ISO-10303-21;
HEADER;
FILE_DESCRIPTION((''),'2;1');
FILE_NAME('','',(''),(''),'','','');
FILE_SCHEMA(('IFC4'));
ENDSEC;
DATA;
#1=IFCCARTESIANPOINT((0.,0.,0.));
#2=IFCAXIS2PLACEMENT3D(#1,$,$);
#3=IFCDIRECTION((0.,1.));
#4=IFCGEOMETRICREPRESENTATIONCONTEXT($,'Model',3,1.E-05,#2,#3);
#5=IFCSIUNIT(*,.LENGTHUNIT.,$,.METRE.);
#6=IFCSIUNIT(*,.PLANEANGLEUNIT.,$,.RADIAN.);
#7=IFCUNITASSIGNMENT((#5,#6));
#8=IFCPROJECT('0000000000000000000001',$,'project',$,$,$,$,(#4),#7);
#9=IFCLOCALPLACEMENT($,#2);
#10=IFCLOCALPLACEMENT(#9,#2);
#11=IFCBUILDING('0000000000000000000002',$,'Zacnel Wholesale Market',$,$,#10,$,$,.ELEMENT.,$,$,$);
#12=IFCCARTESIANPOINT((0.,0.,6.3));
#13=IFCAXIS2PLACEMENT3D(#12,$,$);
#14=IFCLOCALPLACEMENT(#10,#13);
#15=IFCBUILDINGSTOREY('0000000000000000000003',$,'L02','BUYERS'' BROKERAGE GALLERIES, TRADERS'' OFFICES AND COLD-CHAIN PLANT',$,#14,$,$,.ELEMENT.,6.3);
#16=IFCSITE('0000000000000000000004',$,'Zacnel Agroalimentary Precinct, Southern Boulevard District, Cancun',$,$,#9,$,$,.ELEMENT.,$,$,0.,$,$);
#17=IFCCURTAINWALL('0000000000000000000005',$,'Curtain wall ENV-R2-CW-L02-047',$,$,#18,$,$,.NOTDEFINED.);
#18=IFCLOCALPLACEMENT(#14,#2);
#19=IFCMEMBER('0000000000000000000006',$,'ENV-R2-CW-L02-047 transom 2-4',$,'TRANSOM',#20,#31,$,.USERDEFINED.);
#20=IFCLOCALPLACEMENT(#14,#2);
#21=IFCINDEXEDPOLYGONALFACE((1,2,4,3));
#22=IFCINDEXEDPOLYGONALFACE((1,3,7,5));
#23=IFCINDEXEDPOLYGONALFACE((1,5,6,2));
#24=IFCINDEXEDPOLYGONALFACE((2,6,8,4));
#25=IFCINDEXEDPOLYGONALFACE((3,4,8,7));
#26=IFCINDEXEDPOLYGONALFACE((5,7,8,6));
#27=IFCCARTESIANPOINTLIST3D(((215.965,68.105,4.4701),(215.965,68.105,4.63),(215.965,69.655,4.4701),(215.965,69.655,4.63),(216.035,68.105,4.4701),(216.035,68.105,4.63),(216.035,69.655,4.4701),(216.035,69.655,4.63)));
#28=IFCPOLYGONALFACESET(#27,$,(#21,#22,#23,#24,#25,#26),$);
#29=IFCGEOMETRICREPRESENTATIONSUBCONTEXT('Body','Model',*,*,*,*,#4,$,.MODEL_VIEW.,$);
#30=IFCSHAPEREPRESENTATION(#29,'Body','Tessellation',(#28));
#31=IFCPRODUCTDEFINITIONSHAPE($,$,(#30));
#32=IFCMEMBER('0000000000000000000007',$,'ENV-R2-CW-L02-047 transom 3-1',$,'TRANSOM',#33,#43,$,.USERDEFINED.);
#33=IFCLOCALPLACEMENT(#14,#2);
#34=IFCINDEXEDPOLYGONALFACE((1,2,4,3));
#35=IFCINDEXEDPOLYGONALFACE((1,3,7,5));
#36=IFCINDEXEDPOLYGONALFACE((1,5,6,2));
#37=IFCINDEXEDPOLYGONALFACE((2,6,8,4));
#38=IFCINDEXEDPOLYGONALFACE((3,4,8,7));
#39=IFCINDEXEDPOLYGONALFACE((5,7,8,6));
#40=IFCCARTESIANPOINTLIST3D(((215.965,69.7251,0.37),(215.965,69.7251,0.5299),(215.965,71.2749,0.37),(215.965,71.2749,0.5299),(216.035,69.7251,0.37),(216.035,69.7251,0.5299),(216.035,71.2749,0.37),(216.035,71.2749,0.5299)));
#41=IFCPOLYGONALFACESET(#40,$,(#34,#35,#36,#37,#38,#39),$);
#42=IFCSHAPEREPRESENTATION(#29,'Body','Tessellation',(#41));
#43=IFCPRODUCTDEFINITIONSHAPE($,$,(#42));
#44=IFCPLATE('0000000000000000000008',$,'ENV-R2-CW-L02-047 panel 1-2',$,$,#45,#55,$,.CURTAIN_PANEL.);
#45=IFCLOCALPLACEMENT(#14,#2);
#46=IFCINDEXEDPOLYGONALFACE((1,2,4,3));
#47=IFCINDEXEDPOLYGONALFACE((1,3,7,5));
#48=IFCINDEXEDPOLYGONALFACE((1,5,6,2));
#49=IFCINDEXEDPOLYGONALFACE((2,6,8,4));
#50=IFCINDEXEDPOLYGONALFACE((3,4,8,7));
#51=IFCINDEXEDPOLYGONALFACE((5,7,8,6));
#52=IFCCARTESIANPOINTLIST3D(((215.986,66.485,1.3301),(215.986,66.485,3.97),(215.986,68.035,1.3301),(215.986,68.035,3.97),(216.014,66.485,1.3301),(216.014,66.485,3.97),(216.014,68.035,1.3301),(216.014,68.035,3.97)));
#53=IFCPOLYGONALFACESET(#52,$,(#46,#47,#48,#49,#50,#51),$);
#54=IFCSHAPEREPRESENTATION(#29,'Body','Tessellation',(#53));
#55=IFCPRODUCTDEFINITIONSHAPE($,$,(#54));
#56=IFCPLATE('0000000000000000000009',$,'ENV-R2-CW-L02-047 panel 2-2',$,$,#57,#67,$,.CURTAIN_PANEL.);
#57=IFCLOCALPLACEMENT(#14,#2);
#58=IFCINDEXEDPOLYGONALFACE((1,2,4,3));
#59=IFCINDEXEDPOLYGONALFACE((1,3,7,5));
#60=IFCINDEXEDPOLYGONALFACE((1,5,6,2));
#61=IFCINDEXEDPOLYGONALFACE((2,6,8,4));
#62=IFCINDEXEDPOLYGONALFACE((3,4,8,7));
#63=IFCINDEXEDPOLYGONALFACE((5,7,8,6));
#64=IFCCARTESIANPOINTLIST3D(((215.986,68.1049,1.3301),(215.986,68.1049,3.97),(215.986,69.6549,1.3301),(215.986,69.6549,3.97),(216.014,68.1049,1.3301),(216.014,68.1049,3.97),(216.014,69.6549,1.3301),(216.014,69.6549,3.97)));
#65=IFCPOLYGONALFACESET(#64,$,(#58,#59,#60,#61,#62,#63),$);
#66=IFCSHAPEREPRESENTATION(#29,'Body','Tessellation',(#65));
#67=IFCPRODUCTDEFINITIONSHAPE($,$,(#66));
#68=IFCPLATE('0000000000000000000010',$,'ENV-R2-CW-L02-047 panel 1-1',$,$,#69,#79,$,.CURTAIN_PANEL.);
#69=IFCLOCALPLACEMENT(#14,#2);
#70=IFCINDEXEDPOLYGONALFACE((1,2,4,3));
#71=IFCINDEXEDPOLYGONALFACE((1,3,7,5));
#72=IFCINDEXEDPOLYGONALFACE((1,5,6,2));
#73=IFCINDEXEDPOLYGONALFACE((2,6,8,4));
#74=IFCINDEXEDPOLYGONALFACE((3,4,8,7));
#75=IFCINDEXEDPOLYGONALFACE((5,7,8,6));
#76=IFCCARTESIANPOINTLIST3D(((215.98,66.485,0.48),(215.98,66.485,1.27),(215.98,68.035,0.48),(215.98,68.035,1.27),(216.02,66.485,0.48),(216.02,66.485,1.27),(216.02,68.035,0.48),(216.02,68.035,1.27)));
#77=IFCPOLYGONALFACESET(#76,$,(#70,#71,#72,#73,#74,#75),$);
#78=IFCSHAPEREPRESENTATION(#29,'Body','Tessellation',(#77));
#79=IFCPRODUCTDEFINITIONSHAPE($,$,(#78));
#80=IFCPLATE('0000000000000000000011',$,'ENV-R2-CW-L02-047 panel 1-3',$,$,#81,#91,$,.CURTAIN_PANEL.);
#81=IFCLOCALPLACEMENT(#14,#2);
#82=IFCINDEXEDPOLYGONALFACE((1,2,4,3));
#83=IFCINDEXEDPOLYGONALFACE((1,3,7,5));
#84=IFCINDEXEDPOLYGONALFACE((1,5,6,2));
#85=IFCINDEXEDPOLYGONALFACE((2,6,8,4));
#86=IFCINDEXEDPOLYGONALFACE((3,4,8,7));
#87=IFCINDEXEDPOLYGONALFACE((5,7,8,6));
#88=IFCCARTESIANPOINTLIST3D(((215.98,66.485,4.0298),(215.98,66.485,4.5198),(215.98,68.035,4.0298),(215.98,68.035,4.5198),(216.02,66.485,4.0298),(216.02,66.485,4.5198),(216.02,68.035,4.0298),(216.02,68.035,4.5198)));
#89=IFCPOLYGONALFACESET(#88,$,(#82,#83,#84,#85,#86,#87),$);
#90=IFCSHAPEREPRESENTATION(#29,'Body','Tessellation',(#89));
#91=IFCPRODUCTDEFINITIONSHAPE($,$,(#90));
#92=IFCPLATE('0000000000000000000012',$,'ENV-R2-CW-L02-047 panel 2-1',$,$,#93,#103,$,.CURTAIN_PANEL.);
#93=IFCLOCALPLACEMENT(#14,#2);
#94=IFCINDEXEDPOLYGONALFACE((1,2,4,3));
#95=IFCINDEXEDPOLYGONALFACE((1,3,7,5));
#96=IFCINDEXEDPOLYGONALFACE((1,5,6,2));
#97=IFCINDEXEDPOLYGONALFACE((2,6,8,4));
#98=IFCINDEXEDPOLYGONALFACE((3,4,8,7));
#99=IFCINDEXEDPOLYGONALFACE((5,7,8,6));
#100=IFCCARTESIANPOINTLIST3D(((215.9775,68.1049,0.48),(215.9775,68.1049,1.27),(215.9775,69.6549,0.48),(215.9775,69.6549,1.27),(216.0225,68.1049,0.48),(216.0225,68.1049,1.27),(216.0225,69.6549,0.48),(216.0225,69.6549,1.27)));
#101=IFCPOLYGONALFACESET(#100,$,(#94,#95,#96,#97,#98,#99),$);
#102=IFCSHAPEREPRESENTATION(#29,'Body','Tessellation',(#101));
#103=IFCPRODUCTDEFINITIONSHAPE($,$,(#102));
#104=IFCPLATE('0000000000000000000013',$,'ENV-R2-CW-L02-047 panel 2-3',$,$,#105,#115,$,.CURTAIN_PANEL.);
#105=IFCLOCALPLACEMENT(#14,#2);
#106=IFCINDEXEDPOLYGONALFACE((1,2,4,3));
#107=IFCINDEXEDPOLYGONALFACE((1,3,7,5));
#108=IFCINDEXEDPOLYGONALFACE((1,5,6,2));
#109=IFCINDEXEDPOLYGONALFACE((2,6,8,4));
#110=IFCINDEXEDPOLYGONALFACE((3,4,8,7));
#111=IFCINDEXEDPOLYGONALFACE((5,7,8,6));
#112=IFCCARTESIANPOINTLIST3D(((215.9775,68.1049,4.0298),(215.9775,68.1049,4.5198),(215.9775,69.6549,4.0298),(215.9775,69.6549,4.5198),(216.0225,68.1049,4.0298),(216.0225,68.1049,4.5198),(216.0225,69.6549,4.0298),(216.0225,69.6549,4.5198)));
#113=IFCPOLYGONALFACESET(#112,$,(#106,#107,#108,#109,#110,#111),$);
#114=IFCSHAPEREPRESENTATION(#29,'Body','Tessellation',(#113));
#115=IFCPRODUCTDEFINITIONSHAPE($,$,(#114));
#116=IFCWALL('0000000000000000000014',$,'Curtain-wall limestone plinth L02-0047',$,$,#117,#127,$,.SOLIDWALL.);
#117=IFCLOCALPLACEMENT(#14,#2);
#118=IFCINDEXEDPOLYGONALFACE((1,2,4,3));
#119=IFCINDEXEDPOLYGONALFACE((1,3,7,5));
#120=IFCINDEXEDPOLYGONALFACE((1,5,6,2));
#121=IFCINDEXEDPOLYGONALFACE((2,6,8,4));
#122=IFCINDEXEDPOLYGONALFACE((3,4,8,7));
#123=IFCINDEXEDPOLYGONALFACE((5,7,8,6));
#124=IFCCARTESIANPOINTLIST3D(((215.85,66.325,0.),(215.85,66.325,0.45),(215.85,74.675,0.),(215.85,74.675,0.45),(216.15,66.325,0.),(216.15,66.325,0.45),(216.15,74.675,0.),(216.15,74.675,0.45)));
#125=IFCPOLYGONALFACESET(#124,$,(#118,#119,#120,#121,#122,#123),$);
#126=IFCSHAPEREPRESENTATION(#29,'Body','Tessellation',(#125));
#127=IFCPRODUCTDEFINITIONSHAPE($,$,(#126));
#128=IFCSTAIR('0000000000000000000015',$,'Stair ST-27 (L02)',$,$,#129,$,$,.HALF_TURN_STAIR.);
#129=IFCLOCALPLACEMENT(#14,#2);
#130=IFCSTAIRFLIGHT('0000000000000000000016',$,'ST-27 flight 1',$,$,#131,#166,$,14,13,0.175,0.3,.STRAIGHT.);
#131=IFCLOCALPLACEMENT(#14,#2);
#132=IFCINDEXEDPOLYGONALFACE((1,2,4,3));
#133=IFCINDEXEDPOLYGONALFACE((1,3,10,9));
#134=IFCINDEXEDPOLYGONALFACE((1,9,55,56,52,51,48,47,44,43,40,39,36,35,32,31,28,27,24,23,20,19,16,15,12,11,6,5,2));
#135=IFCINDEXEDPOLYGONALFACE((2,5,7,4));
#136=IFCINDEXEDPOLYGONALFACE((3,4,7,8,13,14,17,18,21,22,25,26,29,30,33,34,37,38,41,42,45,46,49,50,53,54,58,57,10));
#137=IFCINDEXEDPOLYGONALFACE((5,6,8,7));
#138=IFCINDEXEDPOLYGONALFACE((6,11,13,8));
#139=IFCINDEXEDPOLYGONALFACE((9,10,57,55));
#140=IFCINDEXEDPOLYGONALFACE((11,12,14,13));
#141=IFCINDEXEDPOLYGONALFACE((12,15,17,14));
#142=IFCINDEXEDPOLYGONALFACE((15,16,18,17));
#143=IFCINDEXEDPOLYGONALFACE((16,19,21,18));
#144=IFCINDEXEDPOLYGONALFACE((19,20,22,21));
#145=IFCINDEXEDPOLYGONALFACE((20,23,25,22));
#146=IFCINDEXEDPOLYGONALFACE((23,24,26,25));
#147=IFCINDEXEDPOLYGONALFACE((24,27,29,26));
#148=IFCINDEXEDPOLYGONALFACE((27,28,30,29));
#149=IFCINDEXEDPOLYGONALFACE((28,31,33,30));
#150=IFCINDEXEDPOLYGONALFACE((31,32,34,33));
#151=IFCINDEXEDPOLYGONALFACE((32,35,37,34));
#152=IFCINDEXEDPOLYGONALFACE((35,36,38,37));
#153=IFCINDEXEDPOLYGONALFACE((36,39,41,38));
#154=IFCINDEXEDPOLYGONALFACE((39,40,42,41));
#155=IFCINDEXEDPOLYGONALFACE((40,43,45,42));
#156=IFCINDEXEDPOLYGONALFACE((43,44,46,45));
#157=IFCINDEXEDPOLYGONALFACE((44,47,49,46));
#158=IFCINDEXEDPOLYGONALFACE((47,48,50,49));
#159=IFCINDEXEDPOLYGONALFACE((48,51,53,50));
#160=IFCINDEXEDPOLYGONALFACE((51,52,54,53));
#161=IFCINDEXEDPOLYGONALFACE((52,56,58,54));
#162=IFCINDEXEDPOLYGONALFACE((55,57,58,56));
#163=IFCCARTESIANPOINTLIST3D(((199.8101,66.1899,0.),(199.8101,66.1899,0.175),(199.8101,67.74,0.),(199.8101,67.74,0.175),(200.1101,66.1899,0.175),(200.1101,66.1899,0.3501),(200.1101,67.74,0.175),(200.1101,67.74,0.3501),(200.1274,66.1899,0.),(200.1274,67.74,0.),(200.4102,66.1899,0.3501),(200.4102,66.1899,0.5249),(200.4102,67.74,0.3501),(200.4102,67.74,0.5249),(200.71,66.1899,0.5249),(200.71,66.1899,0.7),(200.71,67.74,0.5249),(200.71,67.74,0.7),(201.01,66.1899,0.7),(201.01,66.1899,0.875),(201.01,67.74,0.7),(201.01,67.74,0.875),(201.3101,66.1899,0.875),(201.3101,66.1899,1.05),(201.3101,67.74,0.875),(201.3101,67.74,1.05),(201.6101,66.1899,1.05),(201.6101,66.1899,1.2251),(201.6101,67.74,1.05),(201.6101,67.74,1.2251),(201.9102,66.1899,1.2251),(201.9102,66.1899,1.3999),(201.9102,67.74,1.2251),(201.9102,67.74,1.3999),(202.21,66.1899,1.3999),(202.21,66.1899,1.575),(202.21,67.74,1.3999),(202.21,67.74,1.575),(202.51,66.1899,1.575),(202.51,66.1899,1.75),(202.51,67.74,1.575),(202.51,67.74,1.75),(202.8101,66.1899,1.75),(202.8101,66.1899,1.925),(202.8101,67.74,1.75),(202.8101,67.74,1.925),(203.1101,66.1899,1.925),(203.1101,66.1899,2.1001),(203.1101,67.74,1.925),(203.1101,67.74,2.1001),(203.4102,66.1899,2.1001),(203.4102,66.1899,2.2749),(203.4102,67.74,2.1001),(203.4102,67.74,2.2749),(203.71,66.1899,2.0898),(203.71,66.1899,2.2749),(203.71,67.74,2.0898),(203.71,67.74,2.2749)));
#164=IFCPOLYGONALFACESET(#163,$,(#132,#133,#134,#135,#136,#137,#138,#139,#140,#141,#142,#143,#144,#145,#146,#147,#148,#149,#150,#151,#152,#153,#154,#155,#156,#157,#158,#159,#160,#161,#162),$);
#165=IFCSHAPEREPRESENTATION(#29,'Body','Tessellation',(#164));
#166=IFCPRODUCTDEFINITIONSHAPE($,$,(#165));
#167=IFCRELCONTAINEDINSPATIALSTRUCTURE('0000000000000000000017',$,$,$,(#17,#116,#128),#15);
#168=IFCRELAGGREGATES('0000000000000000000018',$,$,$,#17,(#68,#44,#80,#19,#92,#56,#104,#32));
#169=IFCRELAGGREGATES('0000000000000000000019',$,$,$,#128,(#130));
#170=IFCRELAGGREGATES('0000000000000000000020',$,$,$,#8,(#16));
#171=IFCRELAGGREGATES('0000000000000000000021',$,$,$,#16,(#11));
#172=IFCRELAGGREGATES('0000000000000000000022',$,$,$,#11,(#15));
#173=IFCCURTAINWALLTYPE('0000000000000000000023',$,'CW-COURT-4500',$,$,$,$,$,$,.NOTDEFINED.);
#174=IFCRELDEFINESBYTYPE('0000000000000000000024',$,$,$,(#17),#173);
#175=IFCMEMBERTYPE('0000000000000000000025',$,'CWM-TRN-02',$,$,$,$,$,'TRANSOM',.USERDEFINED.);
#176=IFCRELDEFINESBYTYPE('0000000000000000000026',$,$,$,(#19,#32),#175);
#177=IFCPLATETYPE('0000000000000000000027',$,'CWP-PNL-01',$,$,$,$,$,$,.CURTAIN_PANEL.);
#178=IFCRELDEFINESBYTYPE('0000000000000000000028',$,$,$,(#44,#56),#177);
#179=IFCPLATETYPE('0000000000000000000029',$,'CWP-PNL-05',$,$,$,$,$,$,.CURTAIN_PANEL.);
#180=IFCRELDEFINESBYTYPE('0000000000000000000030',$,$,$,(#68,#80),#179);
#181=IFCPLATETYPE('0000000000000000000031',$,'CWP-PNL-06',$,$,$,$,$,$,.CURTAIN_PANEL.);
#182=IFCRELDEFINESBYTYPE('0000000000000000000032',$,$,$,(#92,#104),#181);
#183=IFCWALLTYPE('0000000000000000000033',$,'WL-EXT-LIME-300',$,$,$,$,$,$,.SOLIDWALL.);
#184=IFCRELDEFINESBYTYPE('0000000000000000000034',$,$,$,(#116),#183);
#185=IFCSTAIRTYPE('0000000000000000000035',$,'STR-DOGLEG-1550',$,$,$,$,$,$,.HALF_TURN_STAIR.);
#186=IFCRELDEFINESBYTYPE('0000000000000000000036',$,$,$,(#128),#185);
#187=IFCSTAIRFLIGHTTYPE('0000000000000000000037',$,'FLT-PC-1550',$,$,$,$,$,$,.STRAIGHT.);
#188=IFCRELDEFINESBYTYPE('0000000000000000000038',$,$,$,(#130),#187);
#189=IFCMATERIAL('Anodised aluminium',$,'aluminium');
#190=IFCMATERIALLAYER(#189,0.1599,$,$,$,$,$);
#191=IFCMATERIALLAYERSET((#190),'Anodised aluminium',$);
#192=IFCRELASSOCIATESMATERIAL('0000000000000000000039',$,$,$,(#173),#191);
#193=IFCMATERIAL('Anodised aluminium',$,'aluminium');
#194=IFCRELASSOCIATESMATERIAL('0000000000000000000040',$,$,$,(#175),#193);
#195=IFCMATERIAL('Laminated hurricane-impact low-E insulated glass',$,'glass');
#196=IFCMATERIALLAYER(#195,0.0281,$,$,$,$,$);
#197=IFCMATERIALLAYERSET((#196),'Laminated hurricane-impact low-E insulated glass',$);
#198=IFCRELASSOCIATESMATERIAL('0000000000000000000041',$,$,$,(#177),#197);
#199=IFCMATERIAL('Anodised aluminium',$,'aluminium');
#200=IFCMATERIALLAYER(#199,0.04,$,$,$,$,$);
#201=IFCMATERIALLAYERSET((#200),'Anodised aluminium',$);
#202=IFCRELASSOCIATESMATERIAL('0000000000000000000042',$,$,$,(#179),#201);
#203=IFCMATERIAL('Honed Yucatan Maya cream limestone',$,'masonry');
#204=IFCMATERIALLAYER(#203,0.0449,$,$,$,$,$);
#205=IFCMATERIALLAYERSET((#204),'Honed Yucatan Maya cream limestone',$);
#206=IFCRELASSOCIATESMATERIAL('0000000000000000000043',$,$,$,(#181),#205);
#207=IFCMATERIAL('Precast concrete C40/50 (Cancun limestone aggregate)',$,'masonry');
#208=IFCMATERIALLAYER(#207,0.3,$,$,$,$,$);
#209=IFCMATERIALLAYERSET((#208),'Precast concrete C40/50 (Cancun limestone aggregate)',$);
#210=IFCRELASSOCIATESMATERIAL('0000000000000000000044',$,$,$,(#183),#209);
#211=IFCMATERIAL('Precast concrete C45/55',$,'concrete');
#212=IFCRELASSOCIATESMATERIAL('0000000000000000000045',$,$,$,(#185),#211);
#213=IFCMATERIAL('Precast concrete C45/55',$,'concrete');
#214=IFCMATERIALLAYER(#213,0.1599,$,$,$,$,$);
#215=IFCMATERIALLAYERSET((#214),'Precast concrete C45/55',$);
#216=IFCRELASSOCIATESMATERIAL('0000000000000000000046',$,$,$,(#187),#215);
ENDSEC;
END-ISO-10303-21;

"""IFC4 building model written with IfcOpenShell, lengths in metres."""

from ifc_helpers import new_model, si_unit, direction, frame, frame_2d, origin, origin_2d, place, context, subcontext, project, spatial, polyline, rectangle, outline, extrude, material, layer, layer_set, material_profile, profile_set, type_object, element, aggregate, save


model = new_model("IFC4")

# Units and contexts
model_context = context("Model", 3, precision=1e-05, world=origin(), true_north=direction((0.0, 1.0)))
body_context = subcontext(model_context, "Body", "Model", "MODEL_VIEW")
ifc_project = project(units=[si_unit("LENGTHUNIT", "METRE"), si_unit("PLANEANGLEUNIT", "RADIAN")], contexts=[model_context])

# Site, building, storey
site_placement = place(None, origin())
site = spatial("IfcSite", under=ifc_project, at=site_placement, Name="Zacnel Agroalimentary Precinct, Southern Boulevard District, Cancun", CompositionType="ELEMENT", RefElevation=0.0)
building_placement = place(site_placement, origin())
building = spatial("IfcBuilding", under=site, at=building_placement, Name="Zacnel Wholesale Market", CompositionType="ELEMENT")
storey_placement = place(building_placement, frame((0.0, 0.0, 6.3)))
storey = spatial("IfcBuildingStorey", under=building, at=storey_placement, Name="L02", Description="BUYERS' BROKERAGE GALLERIES, TRADERS' OFFICES AND COLD-CHAIN PLANT", CompositionType="ELEMENT", Elevation=6.3)

# Curtain wall, members, plates
ifc_material_1 = material(Name="Anodised aluminium", Category="aluminium")
ifc_layer_1 = layer(ifc_material_1, 0.1599)
ifc_layer_set_1 = layer_set([ifc_layer_1], Name="Anodised aluminium")
curtain_wall_type = type_object("IfcCurtainWallType", Name="CW-COURT-4500", PredefinedType="NOTDEFINED", material=ifc_layer_set_1)
curtain_wall_placement = place(storey_placement, origin())
curtain_wall = element("IfcCurtainWall", 1, at=curtain_wall_placement, inside=storey, type_object=curtain_wall_type, Name="Curtain wall ENV-R2-CW-L02-047", PredefinedType="NOTDEFINED")
ifc_material_2 = material(Name="Anodised aluminium", Category="aluminium")
ifc_material_profile_1 = material_profile(ifc_material_2, rectangle(XDim=0.0701, YDim=0.1599, at=origin_2d()), Name="AW-TRANSOM 70x160")
ifc_profile_set_1 = profile_set([ifc_material_profile_1], Name="Anodised aluminium")
member_type_1 = type_object("IfcMemberType", Name="CWM-TRN-02", ElementType="TRANSOM", PredefinedType="USERDEFINED", material=ifc_profile_set_1)
member_1_placement = place(storey_placement, frame((216.0, 68.105, 4.55), z_axis=(0.0, 1.0, 0.0), x_axis=(-1.0, 0.0, 0.0)))
member_1 = element("IfcMember", 2, at=member_1_placement, type_object=member_type_1, Name="ENV-R2-CW-L02-047 transom 2-4", ObjectType="TRANSOM", PredefinedType="USERDEFINED", context=body_context, shape_type="SweptSolid", body=[
    extrude(rectangle(XDim=0.0701, YDim=0.1599, at=origin_2d()), origin(), (0.0, 0.0, 1.0), 1.55),
])
member_2_placement = place(storey_placement, frame((216.0, 69.7251, 0.45), z_axis=(0.0, 1.0, 0.0), x_axis=(-1.0, 0.0, 0.0)))
member_2 = element("IfcMember", 3, at=member_2_placement, type_object=member_type_1, Name="ENV-R2-CW-L02-047 transom 3-1", ObjectType="TRANSOM", PredefinedType="USERDEFINED", context=body_context, shape_type="SweptSolid", body=[
    extrude(rectangle(XDim=0.0701, YDim=0.1599, at=origin_2d()), origin(), (0.0, 0.0, 1.0), 1.5498),
])
ifc_material_3 = material(Name="Laminated hurricane-impact low-E insulated glass", Category="glass")
ifc_layer_2 = layer(ifc_material_3, 0.0281)
ifc_layer_set_2 = layer_set([ifc_layer_2], Name="Laminated hurricane-impact low-E insulated glass")
plate_type_1 = type_object("IfcPlateType", Name="CWP-PNL-01", PredefinedType="CURTAIN_PANEL", material=ifc_layer_set_2)
plate_1_placement = place(storey_placement, frame((216.0, 67.26, 1.3301), z_axis=(0.0, 0.0, 1.0), x_axis=(0.0, 1.0, 0.0)))
plate_1 = element("IfcPlate", 4, at=plate_1_placement, type_object=plate_type_1, Name="ENV-R2-CW-L02-047 panel 1-2", PredefinedType="CURTAIN_PANEL", context=body_context, shape_type="SweptSolid", body=[
    extrude(rectangle(XDim=1.55, YDim=0.0281, at=origin_2d()), origin(), (0.0, 0.0, 1.0), 2.6399),
])
plate_2_placement = place(storey_placement, frame((216.0, 68.8799, 1.3301), z_axis=(0.0, 0.0, 1.0), x_axis=(0.0, 1.0, 0.0)))
plate_2 = element("IfcPlate", 5, at=plate_2_placement, type_object=plate_type_1, Name="ENV-R2-CW-L02-047 panel 2-2", PredefinedType="CURTAIN_PANEL", context=body_context, shape_type="SweptSolid", body=[
    extrude(rectangle(XDim=1.55, YDim=0.0281, at=origin_2d()), origin(), (0.0, 0.0, 1.0), 2.6399),
])
ifc_material_4 = material(Name="Anodised aluminium", Category="aluminium")
ifc_layer_3 = layer(ifc_material_4, 0.04)
ifc_layer_set_3 = layer_set([ifc_layer_3], Name="Anodised aluminium")
plate_type_2 = type_object("IfcPlateType", Name="CWP-PNL-05", PredefinedType="CURTAIN_PANEL", material=ifc_layer_set_3)
plate_3_placement = place(storey_placement, frame((216.0, 67.26, 0.48), z_axis=(0.0, 0.0, 1.0), x_axis=(0.0, 1.0, 0.0)))
plate_3 = element("IfcPlate", 6, at=plate_3_placement, type_object=plate_type_2, Name="ENV-R2-CW-L02-047 panel 1-1", PredefinedType="CURTAIN_PANEL", context=body_context, shape_type="SweptSolid", body=[
    extrude(rectangle(XDim=1.55, YDim=0.04, at=origin_2d()), origin(), (0.0, 0.0, 1.0), 0.79),
])
plate_4_placement = place(storey_placement, frame((216.0, 67.26, 4.0298), z_axis=(0.0, 0.0, 1.0), x_axis=(0.0, 1.0, 0.0)))
plate_4 = element("IfcPlate", 7, at=plate_4_placement, type_object=plate_type_2, Name="ENV-R2-CW-L02-047 panel 1-3", PredefinedType="CURTAIN_PANEL", context=body_context, shape_type="SweptSolid", body=[
    extrude(rectangle(XDim=1.55, YDim=0.04, at=origin_2d()), origin(), (0.0, 0.0, 1.0), 0.49),
])
ifc_material_5 = material(Name="Honed Yucatan Maya cream limestone", Category="masonry")
ifc_layer_4 = layer(ifc_material_5, 0.0449)
ifc_layer_set_4 = layer_set([ifc_layer_4], Name="Honed Yucatan Maya cream limestone")
plate_type_3 = type_object("IfcPlateType", Name="CWP-PNL-06", PredefinedType="CURTAIN_PANEL", material=ifc_layer_set_4)
plate_5_placement = place(storey_placement, frame((216.0, 68.8799, 0.48), z_axis=(0.0, 0.0, 1.0), x_axis=(0.0, 1.0, 0.0)))
plate_5 = element("IfcPlate", 8, at=plate_5_placement, type_object=plate_type_3, Name="ENV-R2-CW-L02-047 panel 2-1", PredefinedType="CURTAIN_PANEL", context=body_context, shape_type="SweptSolid", body=[
    extrude(rectangle(XDim=1.55, YDim=0.0449, at=origin_2d()), origin(), (0.0, 0.0, 1.0), 0.79),
])
plate_6_placement = place(storey_placement, frame((216.0, 68.8799, 4.0298), z_axis=(0.0, 0.0, 1.0), x_axis=(0.0, 1.0, 0.0)))
plate_6 = element("IfcPlate", 9, at=plate_6_placement, type_object=plate_type_3, Name="ENV-R2-CW-L02-047 panel 2-3", PredefinedType="CURTAIN_PANEL", context=body_context, shape_type="SweptSolid", body=[
    extrude(rectangle(XDim=1.55, YDim=0.0449, at=origin_2d()), origin(), (0.0, 0.0, 1.0), 0.49),
])
aggregate(curtain_wall, [plate_3, plate_1, plate_4, member_1, plate_5, plate_2, plate_6, member_2])

# Wall
ifc_material_6 = material(Name="Precast concrete C40/50 (Cancun limestone aggregate)", Category="masonry")
ifc_layer_5 = layer(ifc_material_6, 0.3)
ifc_layer_set_5 = layer_set([ifc_layer_5], Name="Precast concrete C40/50 (Cancun limestone aggregate)")
wall_type = type_object("IfcWallType", Name="WL-EXT-LIME-300", PredefinedType="SOLIDWALL", material=ifc_layer_set_5)
wall_placement = place(storey_placement, frame((216.0, 66.325, 0.0), z_axis=(0.0, 0.0, 1.0), x_axis=(0.0, 1.0, 0.0)))
element("IfcWall", 10, at=wall_placement, inside=storey, type_object=wall_type, Name="Curtain-wall limestone plinth L02-0047", PredefinedType="SOLIDWALL", context=body_context, shape_type="SweptSolid", body=[
    extrude(rectangle(XDim=8.3501, YDim=0.3, at=frame_2d((4.175, 0.0))), origin(), (0.0, 0.0, 1.0), 0.45),
])

# Stair, stair flight
ifc_material_7 = material(Name="Precast concrete C45/55", Category="concrete")
stair_type = type_object("IfcStairType", Name="STR-DOGLEG-1550", PredefinedType="HALF_TURN_STAIR", material=ifc_material_7)
stair_placement = place(storey_placement, origin())
stair = element("IfcStair", 11, at=stair_placement, inside=storey, type_object=stair_type, Name="Stair ST-27 (L02)", PredefinedType="HALF_TURN_STAIR")
ifc_material_8 = material(Name="Precast concrete C45/55", Category="concrete")
ifc_layer_6 = layer(ifc_material_8, 0.1599)
ifc_layer_set_6 = layer_set([ifc_layer_6], Name="Precast concrete C45/55")
stair_flight_type = type_object("IfcStairFlightType", Name="FLT-PC-1550", PredefinedType="STRAIGHT", material=ifc_layer_set_6)
stair_flight_1_placement = place(storey_placement, frame((199.8101, 66.9651, 0.0), z_axis=(0.0, 0.0, 1.0), x_axis=(1.0, 0.0, 0.0)))
stair_flight_1 = element("IfcStairFlight", 12, at=stair_flight_1_placement, type_object=stair_flight_type, Name="ST-27 flight 1", NumberOfRisers=14, NumberOfTreads=13, PredefinedType="STRAIGHT", RiserHeight=0.175, TreadLength=0.3, context=body_context, shape_type="SweptSolid", body=[
    extrude(outline(polyline([(0.0, 0.0), (0.0, 0.175), (0.3, 0.175), (0.3, 0.3501), (0.6001, 0.3501), (0.6001, 0.5249), (0.8999, 0.5249), (0.8999, 0.7), (1.2, 0.7), (1.2, 0.875), (1.5, 0.875), (1.5, 1.05), (1.8, 1.05), (1.8, 1.2251), (2.1001, 1.2251), (2.1001, 1.3999), (2.3999, 1.3999), (2.3999, 1.575), (2.7, 1.575), (2.7, 1.75), (3.0, 1.75), (3.0, 1.925), (3.3, 1.925), (3.3, 2.1001), (3.6001, 2.1001), (3.6001, 2.2749), (3.8999, 2.2749), (3.8999, 2.45), (3.8999, 2.0898), (0.3174, 0.0), (0.0, 0.0)])), frame((0.0, 0.7749, 0.0), z_axis=(0.0, -1.0, 0.0), x_axis=(1.0, 0.0, 0.0)), (0.0, 0.0, 1.0), 1.55),
])
aggregate(stair, [stair_flight_1])

save(model, "model.ifc")
